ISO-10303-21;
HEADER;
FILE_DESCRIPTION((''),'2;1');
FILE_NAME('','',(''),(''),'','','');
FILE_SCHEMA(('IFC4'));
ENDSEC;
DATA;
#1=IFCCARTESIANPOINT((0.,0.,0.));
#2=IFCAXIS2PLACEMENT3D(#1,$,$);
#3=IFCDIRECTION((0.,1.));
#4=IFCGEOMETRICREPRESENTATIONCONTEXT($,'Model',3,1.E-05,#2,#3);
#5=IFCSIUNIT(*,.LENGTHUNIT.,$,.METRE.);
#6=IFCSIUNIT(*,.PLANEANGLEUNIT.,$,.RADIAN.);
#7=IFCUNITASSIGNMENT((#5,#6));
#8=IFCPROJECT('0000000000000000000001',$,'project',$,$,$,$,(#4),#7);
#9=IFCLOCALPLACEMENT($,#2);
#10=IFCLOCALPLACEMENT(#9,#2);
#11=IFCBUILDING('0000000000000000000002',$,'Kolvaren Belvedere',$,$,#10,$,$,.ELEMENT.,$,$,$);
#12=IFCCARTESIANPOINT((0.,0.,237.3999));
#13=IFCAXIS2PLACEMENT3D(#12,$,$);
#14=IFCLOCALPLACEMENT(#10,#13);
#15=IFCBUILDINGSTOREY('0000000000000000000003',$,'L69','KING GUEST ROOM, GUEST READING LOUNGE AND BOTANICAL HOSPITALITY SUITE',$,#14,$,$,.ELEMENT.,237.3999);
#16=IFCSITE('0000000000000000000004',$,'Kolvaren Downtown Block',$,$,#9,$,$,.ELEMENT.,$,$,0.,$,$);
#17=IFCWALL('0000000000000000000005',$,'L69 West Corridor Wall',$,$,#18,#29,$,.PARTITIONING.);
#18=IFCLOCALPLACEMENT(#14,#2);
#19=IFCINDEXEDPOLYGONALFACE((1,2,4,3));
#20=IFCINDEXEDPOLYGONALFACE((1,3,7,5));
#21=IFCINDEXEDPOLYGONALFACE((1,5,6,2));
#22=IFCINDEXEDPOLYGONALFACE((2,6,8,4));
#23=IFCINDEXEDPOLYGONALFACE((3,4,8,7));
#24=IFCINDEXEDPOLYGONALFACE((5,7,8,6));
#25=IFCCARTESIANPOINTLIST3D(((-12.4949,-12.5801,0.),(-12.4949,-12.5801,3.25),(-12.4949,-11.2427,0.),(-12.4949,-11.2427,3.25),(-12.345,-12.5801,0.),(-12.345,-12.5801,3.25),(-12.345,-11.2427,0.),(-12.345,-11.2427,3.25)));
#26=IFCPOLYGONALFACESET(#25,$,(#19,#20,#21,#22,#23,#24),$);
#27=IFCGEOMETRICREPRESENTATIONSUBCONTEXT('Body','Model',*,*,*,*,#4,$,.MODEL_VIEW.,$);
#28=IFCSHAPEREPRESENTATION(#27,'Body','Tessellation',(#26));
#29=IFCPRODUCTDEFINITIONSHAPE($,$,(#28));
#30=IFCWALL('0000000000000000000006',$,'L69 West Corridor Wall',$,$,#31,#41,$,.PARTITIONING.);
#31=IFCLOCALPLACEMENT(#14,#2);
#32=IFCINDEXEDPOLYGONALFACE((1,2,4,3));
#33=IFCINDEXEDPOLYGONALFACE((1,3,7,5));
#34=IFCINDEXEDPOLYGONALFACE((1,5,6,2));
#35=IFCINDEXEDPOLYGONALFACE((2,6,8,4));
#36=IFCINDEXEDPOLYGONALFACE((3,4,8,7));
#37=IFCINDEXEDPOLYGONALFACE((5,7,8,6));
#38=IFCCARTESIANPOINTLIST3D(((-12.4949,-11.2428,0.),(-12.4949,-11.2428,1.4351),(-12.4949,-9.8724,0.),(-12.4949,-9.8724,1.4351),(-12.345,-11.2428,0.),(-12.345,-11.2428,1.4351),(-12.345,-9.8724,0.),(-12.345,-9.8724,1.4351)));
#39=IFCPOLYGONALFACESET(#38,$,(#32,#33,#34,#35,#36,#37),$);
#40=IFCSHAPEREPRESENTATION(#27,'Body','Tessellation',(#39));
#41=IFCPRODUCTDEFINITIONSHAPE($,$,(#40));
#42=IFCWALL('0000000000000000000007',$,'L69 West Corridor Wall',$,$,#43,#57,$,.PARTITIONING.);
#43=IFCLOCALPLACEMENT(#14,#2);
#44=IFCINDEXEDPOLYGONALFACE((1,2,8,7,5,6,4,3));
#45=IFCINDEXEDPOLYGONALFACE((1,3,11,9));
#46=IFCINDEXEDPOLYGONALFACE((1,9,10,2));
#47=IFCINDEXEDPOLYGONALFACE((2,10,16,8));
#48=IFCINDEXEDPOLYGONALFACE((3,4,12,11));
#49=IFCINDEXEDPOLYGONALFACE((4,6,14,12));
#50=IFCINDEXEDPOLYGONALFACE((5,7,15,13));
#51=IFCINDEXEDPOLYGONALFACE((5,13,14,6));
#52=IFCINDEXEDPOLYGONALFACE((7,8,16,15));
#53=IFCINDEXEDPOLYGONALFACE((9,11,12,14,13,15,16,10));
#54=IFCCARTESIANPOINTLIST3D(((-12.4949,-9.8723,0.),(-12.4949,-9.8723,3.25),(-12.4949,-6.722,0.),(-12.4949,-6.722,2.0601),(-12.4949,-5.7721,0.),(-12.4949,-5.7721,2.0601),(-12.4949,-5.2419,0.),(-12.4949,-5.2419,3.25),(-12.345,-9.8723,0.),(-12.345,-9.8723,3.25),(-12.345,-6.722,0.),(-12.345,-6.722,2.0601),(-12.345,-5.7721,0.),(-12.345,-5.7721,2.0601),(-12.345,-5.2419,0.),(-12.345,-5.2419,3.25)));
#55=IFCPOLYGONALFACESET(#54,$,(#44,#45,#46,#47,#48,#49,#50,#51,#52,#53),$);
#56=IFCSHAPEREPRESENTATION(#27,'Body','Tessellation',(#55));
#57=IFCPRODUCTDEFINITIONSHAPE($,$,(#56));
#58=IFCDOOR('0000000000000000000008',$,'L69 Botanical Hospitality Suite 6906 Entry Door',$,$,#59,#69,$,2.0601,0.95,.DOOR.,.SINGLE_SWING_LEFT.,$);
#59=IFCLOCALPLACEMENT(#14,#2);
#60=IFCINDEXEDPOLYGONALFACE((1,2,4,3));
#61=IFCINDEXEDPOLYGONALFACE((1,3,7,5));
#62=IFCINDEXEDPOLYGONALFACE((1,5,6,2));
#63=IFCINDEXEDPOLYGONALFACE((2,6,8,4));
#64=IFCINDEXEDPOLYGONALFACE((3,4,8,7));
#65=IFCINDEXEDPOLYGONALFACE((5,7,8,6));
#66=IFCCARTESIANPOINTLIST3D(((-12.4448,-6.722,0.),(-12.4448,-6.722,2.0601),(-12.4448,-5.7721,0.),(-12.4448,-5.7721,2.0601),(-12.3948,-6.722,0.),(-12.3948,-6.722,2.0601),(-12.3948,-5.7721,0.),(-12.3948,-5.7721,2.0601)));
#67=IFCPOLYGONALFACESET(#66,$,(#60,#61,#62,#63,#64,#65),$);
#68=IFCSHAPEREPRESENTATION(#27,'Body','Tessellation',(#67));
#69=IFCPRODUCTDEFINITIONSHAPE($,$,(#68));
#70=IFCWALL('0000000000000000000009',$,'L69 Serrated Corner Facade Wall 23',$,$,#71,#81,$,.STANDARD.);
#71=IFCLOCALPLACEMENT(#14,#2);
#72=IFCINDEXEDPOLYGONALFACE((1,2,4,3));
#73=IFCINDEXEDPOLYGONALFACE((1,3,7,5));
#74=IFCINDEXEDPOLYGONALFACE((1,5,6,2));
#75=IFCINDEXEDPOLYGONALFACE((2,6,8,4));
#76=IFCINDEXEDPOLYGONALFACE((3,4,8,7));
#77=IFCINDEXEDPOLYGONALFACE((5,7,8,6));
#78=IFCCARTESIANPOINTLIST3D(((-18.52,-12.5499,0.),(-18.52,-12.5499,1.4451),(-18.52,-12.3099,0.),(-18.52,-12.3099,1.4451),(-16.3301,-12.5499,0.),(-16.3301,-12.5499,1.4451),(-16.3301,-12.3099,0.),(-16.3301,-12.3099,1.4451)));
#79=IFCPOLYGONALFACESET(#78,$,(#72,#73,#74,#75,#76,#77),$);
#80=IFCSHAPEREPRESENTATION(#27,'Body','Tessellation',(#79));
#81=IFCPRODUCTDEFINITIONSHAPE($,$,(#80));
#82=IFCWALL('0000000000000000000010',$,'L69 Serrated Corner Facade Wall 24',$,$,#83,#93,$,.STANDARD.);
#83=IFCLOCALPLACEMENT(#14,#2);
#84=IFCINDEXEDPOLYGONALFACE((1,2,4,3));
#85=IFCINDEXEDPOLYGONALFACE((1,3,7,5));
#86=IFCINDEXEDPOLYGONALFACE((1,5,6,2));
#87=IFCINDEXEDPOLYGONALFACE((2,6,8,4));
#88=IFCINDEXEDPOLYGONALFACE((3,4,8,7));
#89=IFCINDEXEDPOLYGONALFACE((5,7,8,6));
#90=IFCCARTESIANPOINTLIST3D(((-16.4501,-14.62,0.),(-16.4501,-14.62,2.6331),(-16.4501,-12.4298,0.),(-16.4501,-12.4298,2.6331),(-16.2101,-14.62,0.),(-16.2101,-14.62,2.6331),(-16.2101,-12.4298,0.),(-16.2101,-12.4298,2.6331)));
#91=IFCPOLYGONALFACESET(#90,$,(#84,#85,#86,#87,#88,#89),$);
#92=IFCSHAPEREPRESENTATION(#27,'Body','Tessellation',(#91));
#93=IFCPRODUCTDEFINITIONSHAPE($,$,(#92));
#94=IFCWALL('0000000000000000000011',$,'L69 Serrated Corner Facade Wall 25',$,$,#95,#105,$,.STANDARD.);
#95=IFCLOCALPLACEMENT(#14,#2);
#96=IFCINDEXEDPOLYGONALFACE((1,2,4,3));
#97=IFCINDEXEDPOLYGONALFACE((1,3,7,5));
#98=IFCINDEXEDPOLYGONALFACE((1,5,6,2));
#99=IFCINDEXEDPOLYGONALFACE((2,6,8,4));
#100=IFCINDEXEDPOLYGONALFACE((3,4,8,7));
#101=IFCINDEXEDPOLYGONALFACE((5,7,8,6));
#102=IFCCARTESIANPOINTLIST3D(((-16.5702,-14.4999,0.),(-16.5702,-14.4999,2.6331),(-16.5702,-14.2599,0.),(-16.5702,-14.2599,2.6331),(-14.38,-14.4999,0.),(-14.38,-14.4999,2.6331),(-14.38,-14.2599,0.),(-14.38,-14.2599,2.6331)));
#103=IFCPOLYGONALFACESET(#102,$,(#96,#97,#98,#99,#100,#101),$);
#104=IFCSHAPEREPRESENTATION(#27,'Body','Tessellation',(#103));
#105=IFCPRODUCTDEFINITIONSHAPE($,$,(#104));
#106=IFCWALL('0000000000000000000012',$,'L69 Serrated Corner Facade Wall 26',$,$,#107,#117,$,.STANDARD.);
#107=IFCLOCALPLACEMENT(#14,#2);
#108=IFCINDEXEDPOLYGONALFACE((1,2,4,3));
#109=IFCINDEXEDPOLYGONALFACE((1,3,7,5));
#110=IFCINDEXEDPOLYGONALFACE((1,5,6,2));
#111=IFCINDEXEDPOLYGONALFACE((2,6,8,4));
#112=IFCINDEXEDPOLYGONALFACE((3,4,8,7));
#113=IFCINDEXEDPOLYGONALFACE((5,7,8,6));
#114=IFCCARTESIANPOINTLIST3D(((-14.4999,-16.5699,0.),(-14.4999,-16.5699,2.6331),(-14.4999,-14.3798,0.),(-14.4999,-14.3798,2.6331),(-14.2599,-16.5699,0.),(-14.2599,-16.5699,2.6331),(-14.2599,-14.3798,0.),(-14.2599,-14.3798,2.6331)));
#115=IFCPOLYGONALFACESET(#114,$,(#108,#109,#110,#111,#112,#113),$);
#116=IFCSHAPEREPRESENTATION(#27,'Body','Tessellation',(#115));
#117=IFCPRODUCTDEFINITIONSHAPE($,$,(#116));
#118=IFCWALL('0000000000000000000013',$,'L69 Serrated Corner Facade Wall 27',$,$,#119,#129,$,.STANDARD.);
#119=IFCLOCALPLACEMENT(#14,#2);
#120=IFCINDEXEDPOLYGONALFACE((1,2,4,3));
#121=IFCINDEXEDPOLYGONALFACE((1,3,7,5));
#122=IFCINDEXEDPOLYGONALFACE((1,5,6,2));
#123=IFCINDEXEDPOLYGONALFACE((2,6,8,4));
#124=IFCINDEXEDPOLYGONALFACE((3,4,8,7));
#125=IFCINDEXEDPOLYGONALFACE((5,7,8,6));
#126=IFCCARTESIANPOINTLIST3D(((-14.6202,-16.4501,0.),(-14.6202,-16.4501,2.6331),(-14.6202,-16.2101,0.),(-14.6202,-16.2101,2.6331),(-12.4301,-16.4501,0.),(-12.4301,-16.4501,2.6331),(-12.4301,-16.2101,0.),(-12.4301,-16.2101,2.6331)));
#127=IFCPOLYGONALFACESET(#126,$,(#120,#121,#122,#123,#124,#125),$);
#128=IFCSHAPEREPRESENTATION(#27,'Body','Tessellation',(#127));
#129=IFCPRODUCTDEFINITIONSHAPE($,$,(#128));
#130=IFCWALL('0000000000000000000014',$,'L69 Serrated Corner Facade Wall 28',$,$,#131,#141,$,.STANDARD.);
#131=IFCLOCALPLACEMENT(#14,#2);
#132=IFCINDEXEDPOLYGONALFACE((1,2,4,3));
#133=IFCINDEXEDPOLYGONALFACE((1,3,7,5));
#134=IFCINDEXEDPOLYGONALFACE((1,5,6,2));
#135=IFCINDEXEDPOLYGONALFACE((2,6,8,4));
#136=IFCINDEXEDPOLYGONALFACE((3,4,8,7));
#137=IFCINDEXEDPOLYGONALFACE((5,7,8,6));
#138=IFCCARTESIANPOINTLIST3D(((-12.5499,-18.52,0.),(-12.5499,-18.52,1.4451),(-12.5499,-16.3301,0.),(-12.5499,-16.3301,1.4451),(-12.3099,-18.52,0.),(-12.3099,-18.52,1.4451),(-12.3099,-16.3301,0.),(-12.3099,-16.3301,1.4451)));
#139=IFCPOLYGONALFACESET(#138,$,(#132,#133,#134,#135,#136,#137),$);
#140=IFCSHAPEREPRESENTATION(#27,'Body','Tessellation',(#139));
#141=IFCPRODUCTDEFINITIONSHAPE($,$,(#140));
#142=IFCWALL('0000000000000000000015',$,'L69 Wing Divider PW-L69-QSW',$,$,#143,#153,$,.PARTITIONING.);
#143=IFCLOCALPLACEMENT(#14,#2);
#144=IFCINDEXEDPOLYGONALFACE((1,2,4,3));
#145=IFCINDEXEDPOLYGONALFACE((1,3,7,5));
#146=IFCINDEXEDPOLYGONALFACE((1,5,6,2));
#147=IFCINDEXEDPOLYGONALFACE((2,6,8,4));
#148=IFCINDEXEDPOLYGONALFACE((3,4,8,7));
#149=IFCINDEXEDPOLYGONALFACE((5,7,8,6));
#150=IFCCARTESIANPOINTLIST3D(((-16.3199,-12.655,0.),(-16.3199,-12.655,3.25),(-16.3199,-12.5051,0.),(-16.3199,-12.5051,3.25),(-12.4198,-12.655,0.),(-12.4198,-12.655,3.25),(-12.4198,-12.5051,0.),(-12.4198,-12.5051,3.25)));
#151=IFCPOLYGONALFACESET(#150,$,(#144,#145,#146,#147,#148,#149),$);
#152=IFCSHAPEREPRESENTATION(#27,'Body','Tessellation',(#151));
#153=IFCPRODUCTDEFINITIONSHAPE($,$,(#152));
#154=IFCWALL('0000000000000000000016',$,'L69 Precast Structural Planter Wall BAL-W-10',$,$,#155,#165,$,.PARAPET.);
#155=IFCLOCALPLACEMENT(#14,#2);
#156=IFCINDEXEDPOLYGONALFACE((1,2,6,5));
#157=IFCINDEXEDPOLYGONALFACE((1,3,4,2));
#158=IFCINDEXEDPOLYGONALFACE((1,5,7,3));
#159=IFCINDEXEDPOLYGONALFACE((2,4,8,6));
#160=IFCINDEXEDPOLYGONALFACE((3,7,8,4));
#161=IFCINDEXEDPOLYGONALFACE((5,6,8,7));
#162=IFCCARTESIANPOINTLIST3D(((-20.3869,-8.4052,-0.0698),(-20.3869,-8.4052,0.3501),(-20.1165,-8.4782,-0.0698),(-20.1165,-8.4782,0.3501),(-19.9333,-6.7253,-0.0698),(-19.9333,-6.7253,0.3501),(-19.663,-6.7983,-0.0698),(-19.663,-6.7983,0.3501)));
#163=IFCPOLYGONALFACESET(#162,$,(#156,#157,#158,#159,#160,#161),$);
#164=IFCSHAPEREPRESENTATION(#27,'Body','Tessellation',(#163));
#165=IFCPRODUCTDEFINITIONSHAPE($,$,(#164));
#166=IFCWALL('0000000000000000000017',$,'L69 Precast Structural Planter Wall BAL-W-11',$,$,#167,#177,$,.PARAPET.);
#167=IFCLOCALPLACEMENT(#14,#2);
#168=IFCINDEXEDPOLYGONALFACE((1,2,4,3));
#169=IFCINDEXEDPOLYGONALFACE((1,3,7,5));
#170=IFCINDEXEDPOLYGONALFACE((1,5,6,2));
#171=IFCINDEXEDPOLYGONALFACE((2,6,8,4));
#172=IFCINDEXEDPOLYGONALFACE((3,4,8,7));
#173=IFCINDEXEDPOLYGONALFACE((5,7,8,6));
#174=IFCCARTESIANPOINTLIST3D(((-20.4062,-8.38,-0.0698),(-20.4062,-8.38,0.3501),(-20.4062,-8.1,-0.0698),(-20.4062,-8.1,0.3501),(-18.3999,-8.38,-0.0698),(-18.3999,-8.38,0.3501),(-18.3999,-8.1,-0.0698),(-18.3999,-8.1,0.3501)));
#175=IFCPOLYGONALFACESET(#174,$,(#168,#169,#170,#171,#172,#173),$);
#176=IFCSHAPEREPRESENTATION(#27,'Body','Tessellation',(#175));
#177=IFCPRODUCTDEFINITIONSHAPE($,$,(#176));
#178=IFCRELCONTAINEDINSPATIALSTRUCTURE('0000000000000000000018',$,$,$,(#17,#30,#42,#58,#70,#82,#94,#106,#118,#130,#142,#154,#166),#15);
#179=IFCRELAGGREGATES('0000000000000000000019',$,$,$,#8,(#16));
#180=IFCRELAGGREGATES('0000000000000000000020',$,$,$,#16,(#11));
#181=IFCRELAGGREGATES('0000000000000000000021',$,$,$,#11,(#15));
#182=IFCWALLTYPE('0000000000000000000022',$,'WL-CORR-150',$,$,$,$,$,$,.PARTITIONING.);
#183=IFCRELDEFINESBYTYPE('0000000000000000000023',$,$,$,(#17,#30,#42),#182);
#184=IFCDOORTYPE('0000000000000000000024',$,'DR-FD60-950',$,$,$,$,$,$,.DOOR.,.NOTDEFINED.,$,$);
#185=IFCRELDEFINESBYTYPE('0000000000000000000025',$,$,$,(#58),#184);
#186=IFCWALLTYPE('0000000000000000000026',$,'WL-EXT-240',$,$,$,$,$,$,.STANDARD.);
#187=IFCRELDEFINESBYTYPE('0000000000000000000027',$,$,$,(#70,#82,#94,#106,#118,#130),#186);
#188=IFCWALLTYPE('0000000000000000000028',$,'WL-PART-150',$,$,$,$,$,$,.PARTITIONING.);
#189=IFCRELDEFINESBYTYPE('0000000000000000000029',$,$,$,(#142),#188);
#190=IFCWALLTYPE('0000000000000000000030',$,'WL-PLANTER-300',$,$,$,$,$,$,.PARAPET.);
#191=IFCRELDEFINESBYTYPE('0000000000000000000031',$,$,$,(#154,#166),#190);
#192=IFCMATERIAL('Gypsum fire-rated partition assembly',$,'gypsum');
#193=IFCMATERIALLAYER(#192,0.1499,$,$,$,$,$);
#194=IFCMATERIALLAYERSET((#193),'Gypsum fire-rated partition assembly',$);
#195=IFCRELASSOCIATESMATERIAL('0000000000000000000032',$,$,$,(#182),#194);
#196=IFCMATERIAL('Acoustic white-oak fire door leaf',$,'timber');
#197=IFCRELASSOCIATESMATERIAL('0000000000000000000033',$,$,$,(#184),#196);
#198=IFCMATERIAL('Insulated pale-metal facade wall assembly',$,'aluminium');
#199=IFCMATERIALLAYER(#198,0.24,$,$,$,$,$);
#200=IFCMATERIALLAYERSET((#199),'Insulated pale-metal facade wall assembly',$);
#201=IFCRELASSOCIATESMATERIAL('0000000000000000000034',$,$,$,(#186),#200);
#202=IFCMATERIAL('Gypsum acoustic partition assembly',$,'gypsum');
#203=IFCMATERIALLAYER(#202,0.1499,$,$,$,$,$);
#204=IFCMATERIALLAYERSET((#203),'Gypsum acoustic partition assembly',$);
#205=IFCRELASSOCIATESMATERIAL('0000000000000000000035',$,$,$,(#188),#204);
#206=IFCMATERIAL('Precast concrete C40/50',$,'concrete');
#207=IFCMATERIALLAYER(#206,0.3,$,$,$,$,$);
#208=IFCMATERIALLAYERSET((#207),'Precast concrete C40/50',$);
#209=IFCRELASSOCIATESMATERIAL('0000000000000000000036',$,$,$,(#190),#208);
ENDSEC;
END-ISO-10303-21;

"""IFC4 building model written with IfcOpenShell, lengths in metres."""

from ifc_helpers import new_model, si_unit, direction, frame, frame_2d, origin, place, context, subcontext, project, spatial, rectangle, extrude, material, layer, layer_set, type_object, element, fill, save


model = new_model("IFC4")

# Units and contexts
model_context = context("Model", 3, precision=1e-05, world=origin(), true_north=direction((0.0, 1.0)))
body_context = subcontext(model_context, "Body", "Model", "MODEL_VIEW")
ifc_project = project(units=[si_unit("LENGTHUNIT", "METRE"), si_unit("PLANEANGLEUNIT", "RADIAN")], contexts=[model_context])

# Site, building, storey
site_placement = place(None, origin())
site = spatial("IfcSite", under=ifc_project, at=site_placement, Name="Kolvaren Downtown Block", CompositionType="ELEMENT", RefElevation=0.0)
building_placement = place(site_placement, origin())
building = spatial("IfcBuilding", under=site, at=building_placement, Name="Kolvaren Belvedere", CompositionType="ELEMENT")
storey_placement = place(building_placement, frame((0.0, 0.0, 237.3999)))
storey = spatial("IfcBuildingStorey", under=building, at=storey_placement, Name="L69", Description="KING GUEST ROOM, GUEST READING LOUNGE AND BOTANICAL HOSPITALITY SUITE", CompositionType="ELEMENT", Elevation=237.3999)

# Walls
ifc_material_1 = material(Name="Gypsum fire-rated partition assembly", Category="gypsum")
ifc_layer_1 = layer(ifc_material_1, 0.1499)
ifc_layer_set_1 = layer_set([ifc_layer_1], Name="Gypsum fire-rated partition assembly")
wall_type_1 = type_object("IfcWallType", Name="WL-CORR-150", PredefinedType="PARTITIONING", material=ifc_layer_set_1)
wall_1_placement = place(storey_placement, frame((-12.4199, -12.5801, 0.0), z_axis=(0.0, 0.0, 1.0), x_axis=(0.0, 1.0, 0.0)))
element("IfcWall", 1, at=wall_1_placement, inside=storey, type_object=wall_type_1, Name="L69 West Corridor Wall", PredefinedType="PARTITIONING", context=body_context, shape_type="SweptSolid", body=[
    extrude(rectangle(XDim=1.3374, YDim=0.1499, at=frame_2d((0.6687, 0.0))), origin(), (0.0, 0.0, 1.0), 3.25),
])
wall_2_placement = place(storey_placement, frame((-12.4199, -11.2427, 0.0), z_axis=(0.0, 0.0, 1.0), x_axis=(0.0, 1.0, 0.0)))
element("IfcWall", 2, at=wall_2_placement, inside=storey, type_object=wall_type_1, Name="L69 West Corridor Wall", PredefinedType="PARTITIONING", context=body_context, shape_type="SweptSolid", body=[
    extrude(rectangle(XDim=1.3704, YDim=0.1499, at=frame_2d((0.6851, 0.0))), origin(), (0.0, 0.0, 1.0), 1.4351),
])

# Wall, opening, door
wall_3_placement = place(storey_placement, frame((-12.4199, -9.8723, 0.0), z_axis=(0.0, 0.0, 1.0), x_axis=(0.0, 1.0, 0.0)))
wall_3 = element("IfcWall", 3, at=wall_3_placement, inside=storey, type_object=wall_type_1, Name="L69 West Corridor Wall", PredefinedType="PARTITIONING", context=body_context, shape_type="SweptSolid", body=[
    extrude(rectangle(XDim=4.6304, YDim=0.1499, at=frame_2d((2.3152, 0.0))), origin(), (0.0, 0.0, 1.0), 3.25),
])
opening_1_placement = place(wall_3_placement, frame((3.1501, 0.0, 0.0)))
opening_1 = element("IfcOpeningElement", 4, at=opening_1_placement, cuts=wall_3, PredefinedType="OPENING", context=body_context, shape_type="SweptSolid", body=[
    extrude(rectangle(XDim=0.95, YDim=2.0601, at=frame_2d((0.4751, 1.03))), frame((0.0, 0.085, 0.0), z_axis=(0.0, -1.0, 0.0), x_axis=(1.0, 0.0, 0.0)), (0.0, 0.0, 1.0), 0.1699),
])
ifc_material_2 = material(Name="Acoustic white-oak fire door leaf", Category="timber")
door_type_1 = type_object("IfcDoorType", Name="DR-FD60-950", OperationType="NOTDEFINED", PredefinedType="DOOR", material=ifc_material_2)
door_1_placement = place(opening_1_placement, origin())
door_1 = element("IfcDoor", 5, at=door_1_placement, inside=storey, type_object=door_type_1, Name="L69 Botanical Hospitality Suite 6906 Entry Door", OperationType="SINGLE_SWING_LEFT", OverallHeight=2.0601, OverallWidth=0.95, PredefinedType="DOOR", context=body_context, shape_type="SweptSolid", body=[
    extrude(rectangle(XDim=0.95, YDim=2.0601, at=frame_2d((0.4751, 1.03))), frame((0.0, 0.0249, 0.0), z_axis=(0.0, -1.0, 0.0), x_axis=(1.0, 0.0, 0.0)), (0.0, 0.0, 1.0), 0.05),
])
fill(opening_1, door_1)

# Walls
ifc_material_3 = material(Name="Insulated pale-metal facade wall assembly", Category="aluminium")
ifc_layer_2 = layer(ifc_material_3, 0.24)
ifc_layer_set_2 = layer_set([ifc_layer_2], Name="Insulated pale-metal facade wall assembly")
wall_type_2 = type_object("IfcWallType", Name="WL-EXT-240", PredefinedType="STANDARD", material=ifc_layer_set_2)
wall_4_placement = place(storey_placement, frame((-16.3301, -12.4299, 0.0), z_axis=(0.0, 0.0, 1.0), x_axis=(-1.0, 0.0, 0.0)))
element("IfcWall", 6, at=wall_4_placement, inside=storey, type_object=wall_type_2, Name="L69 Serrated Corner Facade Wall 23", PredefinedType="STANDARD", context=body_context, shape_type="SweptSolid", body=[
    extrude(rectangle(XDim=2.1899, YDim=0.24, at=frame_2d((1.095, 0.0))), origin(), (0.0, 0.0, 1.0), 1.4451),
])
for number, where, z_axis, x_axis, name in (
    (7, (-16.3301, -14.6201, 0.0), (0.0, 0.0, 1.0), (0.0, 1.0, 0.0), "L69 Serrated Corner Facade Wall 24"),
    (8, (-14.3799, -14.3799, 0.0), (0.0, 0.0, 1.0), (-1.0, 0.0, 0.0), "L69 Serrated Corner Facade Wall 25"),
    (9, (-14.3799, -16.5701, 0.0), (0.0, 0.0, 1.0), (0.0, 1.0, 0.0), "L69 Serrated Corner Facade Wall 26"),
    (10, (-12.4299, -16.3301, 0.0), (0.0, 0.0, 1.0), (-1.0, 0.0, 0.0), "L69 Serrated Corner Facade Wall 27"),
):
    element("IfcWall", number, at=place(storey_placement, frame(where, z_axis=z_axis, x_axis=x_axis)), inside=storey, type_object=wall_type_2, Name=name, PredefinedType="STANDARD", context=body_context, shape_type="SweptSolid", body=[
        extrude(rectangle(XDim=2.1902, YDim=0.24, at=frame_2d((1.0952, 0.0))), origin(), (0.0, 0.0, 1.0), 2.6331),
    ])
wall_5_placement = place(storey_placement, frame((-12.4299, -18.52, 0.0), z_axis=(0.0, 0.0, 1.0), x_axis=(0.0, 1.0, 0.0)))
element("IfcWall", 11, at=wall_5_placement, inside=storey, type_object=wall_type_2, Name="L69 Serrated Corner Facade Wall 28", PredefinedType="STANDARD", context=body_context, shape_type="SweptSolid", body=[
    extrude(rectangle(XDim=2.1899, YDim=0.24, at=frame_2d((1.095, 0.0))), origin(), (0.0, 0.0, 1.0), 1.4451),
])
ifc_material_4 = material(Name="Gypsum acoustic partition assembly", Category="gypsum")
ifc_layer_3 = layer(ifc_material_4, 0.1499)
ifc_layer_set_3 = layer_set([ifc_layer_3], Name="Gypsum acoustic partition assembly")
wall_type_3 = type_object("IfcWallType", Name="WL-PART-150", PredefinedType="PARTITIONING", material=ifc_layer_set_3)
wall_6_placement = place(storey_placement, frame((-16.3201, -12.5801, 0.0), z_axis=(0.0, 0.0, 1.0), x_axis=(1.0, 0.0, 0.0)))
element("IfcWall", 12, at=wall_6_placement, inside=storey, type_object=wall_type_3, Name="L69 Wing Divider PW-L69-QSW", PredefinedType="PARTITIONING", context=body_context, shape_type="SweptSolid", body=[
    extrude(rectangle(XDim=3.9001, YDim=0.1499, at=frame_2d((1.9502, 0.0))), origin(), (0.0, 0.0, 1.0), 3.25),
])
ifc_material_5 = material(Name="Precast concrete C40/50", Category="concrete")
ifc_layer_4 = layer(ifc_material_5, 0.3)
ifc_layer_set_4 = layer_set([ifc_layer_4], Name="Precast concrete C40/50")
wall_type_4 = type_object("IfcWallType", Name="WL-PLANTER-300", PredefinedType="PARAPET", material=ifc_layer_set_4)
wall_7_placement = place(storey_placement, frame((-19.7981, -6.7617, -0.0698), z_axis=(0.0, 0.0, 1.0), x_axis=(-0.260683, -0.965424, 0.0)))
element("IfcWall", 13, at=wall_7_placement, inside=storey, type_object=wall_type_4, Name="L69 Precast Structural Planter Wall BAL-W-10", PredefinedType="PARAPET", context=body_context, shape_type="SweptSolid", body=[
    extrude(rectangle(XDim=1.74, YDim=0.28, at=frame_2d((0.8701, 0.0))), origin(), (0.0, 0.0, 1.0), 0.4199),
])
wall_8_placement = place(storey_placement, frame((-20.4062, -8.24, -0.0698), z_axis=(0.0, 0.0, 1.0), x_axis=(1.0, 0.0, 0.0)))
element("IfcWall", 14, at=wall_8_placement, inside=storey, type_object=wall_type_4, Name="L69 Precast Structural Planter Wall BAL-W-11", PredefinedType="PARAPET", context=body_context, shape_type="SweptSolid", body=[
    extrude(rectangle(XDim=2.0063, YDim=0.28, at=frame_2d((1.0032, 0.0))), origin(), (0.0, 0.0, 1.0), 0.4199),
])

save(model, "model.ifc")
